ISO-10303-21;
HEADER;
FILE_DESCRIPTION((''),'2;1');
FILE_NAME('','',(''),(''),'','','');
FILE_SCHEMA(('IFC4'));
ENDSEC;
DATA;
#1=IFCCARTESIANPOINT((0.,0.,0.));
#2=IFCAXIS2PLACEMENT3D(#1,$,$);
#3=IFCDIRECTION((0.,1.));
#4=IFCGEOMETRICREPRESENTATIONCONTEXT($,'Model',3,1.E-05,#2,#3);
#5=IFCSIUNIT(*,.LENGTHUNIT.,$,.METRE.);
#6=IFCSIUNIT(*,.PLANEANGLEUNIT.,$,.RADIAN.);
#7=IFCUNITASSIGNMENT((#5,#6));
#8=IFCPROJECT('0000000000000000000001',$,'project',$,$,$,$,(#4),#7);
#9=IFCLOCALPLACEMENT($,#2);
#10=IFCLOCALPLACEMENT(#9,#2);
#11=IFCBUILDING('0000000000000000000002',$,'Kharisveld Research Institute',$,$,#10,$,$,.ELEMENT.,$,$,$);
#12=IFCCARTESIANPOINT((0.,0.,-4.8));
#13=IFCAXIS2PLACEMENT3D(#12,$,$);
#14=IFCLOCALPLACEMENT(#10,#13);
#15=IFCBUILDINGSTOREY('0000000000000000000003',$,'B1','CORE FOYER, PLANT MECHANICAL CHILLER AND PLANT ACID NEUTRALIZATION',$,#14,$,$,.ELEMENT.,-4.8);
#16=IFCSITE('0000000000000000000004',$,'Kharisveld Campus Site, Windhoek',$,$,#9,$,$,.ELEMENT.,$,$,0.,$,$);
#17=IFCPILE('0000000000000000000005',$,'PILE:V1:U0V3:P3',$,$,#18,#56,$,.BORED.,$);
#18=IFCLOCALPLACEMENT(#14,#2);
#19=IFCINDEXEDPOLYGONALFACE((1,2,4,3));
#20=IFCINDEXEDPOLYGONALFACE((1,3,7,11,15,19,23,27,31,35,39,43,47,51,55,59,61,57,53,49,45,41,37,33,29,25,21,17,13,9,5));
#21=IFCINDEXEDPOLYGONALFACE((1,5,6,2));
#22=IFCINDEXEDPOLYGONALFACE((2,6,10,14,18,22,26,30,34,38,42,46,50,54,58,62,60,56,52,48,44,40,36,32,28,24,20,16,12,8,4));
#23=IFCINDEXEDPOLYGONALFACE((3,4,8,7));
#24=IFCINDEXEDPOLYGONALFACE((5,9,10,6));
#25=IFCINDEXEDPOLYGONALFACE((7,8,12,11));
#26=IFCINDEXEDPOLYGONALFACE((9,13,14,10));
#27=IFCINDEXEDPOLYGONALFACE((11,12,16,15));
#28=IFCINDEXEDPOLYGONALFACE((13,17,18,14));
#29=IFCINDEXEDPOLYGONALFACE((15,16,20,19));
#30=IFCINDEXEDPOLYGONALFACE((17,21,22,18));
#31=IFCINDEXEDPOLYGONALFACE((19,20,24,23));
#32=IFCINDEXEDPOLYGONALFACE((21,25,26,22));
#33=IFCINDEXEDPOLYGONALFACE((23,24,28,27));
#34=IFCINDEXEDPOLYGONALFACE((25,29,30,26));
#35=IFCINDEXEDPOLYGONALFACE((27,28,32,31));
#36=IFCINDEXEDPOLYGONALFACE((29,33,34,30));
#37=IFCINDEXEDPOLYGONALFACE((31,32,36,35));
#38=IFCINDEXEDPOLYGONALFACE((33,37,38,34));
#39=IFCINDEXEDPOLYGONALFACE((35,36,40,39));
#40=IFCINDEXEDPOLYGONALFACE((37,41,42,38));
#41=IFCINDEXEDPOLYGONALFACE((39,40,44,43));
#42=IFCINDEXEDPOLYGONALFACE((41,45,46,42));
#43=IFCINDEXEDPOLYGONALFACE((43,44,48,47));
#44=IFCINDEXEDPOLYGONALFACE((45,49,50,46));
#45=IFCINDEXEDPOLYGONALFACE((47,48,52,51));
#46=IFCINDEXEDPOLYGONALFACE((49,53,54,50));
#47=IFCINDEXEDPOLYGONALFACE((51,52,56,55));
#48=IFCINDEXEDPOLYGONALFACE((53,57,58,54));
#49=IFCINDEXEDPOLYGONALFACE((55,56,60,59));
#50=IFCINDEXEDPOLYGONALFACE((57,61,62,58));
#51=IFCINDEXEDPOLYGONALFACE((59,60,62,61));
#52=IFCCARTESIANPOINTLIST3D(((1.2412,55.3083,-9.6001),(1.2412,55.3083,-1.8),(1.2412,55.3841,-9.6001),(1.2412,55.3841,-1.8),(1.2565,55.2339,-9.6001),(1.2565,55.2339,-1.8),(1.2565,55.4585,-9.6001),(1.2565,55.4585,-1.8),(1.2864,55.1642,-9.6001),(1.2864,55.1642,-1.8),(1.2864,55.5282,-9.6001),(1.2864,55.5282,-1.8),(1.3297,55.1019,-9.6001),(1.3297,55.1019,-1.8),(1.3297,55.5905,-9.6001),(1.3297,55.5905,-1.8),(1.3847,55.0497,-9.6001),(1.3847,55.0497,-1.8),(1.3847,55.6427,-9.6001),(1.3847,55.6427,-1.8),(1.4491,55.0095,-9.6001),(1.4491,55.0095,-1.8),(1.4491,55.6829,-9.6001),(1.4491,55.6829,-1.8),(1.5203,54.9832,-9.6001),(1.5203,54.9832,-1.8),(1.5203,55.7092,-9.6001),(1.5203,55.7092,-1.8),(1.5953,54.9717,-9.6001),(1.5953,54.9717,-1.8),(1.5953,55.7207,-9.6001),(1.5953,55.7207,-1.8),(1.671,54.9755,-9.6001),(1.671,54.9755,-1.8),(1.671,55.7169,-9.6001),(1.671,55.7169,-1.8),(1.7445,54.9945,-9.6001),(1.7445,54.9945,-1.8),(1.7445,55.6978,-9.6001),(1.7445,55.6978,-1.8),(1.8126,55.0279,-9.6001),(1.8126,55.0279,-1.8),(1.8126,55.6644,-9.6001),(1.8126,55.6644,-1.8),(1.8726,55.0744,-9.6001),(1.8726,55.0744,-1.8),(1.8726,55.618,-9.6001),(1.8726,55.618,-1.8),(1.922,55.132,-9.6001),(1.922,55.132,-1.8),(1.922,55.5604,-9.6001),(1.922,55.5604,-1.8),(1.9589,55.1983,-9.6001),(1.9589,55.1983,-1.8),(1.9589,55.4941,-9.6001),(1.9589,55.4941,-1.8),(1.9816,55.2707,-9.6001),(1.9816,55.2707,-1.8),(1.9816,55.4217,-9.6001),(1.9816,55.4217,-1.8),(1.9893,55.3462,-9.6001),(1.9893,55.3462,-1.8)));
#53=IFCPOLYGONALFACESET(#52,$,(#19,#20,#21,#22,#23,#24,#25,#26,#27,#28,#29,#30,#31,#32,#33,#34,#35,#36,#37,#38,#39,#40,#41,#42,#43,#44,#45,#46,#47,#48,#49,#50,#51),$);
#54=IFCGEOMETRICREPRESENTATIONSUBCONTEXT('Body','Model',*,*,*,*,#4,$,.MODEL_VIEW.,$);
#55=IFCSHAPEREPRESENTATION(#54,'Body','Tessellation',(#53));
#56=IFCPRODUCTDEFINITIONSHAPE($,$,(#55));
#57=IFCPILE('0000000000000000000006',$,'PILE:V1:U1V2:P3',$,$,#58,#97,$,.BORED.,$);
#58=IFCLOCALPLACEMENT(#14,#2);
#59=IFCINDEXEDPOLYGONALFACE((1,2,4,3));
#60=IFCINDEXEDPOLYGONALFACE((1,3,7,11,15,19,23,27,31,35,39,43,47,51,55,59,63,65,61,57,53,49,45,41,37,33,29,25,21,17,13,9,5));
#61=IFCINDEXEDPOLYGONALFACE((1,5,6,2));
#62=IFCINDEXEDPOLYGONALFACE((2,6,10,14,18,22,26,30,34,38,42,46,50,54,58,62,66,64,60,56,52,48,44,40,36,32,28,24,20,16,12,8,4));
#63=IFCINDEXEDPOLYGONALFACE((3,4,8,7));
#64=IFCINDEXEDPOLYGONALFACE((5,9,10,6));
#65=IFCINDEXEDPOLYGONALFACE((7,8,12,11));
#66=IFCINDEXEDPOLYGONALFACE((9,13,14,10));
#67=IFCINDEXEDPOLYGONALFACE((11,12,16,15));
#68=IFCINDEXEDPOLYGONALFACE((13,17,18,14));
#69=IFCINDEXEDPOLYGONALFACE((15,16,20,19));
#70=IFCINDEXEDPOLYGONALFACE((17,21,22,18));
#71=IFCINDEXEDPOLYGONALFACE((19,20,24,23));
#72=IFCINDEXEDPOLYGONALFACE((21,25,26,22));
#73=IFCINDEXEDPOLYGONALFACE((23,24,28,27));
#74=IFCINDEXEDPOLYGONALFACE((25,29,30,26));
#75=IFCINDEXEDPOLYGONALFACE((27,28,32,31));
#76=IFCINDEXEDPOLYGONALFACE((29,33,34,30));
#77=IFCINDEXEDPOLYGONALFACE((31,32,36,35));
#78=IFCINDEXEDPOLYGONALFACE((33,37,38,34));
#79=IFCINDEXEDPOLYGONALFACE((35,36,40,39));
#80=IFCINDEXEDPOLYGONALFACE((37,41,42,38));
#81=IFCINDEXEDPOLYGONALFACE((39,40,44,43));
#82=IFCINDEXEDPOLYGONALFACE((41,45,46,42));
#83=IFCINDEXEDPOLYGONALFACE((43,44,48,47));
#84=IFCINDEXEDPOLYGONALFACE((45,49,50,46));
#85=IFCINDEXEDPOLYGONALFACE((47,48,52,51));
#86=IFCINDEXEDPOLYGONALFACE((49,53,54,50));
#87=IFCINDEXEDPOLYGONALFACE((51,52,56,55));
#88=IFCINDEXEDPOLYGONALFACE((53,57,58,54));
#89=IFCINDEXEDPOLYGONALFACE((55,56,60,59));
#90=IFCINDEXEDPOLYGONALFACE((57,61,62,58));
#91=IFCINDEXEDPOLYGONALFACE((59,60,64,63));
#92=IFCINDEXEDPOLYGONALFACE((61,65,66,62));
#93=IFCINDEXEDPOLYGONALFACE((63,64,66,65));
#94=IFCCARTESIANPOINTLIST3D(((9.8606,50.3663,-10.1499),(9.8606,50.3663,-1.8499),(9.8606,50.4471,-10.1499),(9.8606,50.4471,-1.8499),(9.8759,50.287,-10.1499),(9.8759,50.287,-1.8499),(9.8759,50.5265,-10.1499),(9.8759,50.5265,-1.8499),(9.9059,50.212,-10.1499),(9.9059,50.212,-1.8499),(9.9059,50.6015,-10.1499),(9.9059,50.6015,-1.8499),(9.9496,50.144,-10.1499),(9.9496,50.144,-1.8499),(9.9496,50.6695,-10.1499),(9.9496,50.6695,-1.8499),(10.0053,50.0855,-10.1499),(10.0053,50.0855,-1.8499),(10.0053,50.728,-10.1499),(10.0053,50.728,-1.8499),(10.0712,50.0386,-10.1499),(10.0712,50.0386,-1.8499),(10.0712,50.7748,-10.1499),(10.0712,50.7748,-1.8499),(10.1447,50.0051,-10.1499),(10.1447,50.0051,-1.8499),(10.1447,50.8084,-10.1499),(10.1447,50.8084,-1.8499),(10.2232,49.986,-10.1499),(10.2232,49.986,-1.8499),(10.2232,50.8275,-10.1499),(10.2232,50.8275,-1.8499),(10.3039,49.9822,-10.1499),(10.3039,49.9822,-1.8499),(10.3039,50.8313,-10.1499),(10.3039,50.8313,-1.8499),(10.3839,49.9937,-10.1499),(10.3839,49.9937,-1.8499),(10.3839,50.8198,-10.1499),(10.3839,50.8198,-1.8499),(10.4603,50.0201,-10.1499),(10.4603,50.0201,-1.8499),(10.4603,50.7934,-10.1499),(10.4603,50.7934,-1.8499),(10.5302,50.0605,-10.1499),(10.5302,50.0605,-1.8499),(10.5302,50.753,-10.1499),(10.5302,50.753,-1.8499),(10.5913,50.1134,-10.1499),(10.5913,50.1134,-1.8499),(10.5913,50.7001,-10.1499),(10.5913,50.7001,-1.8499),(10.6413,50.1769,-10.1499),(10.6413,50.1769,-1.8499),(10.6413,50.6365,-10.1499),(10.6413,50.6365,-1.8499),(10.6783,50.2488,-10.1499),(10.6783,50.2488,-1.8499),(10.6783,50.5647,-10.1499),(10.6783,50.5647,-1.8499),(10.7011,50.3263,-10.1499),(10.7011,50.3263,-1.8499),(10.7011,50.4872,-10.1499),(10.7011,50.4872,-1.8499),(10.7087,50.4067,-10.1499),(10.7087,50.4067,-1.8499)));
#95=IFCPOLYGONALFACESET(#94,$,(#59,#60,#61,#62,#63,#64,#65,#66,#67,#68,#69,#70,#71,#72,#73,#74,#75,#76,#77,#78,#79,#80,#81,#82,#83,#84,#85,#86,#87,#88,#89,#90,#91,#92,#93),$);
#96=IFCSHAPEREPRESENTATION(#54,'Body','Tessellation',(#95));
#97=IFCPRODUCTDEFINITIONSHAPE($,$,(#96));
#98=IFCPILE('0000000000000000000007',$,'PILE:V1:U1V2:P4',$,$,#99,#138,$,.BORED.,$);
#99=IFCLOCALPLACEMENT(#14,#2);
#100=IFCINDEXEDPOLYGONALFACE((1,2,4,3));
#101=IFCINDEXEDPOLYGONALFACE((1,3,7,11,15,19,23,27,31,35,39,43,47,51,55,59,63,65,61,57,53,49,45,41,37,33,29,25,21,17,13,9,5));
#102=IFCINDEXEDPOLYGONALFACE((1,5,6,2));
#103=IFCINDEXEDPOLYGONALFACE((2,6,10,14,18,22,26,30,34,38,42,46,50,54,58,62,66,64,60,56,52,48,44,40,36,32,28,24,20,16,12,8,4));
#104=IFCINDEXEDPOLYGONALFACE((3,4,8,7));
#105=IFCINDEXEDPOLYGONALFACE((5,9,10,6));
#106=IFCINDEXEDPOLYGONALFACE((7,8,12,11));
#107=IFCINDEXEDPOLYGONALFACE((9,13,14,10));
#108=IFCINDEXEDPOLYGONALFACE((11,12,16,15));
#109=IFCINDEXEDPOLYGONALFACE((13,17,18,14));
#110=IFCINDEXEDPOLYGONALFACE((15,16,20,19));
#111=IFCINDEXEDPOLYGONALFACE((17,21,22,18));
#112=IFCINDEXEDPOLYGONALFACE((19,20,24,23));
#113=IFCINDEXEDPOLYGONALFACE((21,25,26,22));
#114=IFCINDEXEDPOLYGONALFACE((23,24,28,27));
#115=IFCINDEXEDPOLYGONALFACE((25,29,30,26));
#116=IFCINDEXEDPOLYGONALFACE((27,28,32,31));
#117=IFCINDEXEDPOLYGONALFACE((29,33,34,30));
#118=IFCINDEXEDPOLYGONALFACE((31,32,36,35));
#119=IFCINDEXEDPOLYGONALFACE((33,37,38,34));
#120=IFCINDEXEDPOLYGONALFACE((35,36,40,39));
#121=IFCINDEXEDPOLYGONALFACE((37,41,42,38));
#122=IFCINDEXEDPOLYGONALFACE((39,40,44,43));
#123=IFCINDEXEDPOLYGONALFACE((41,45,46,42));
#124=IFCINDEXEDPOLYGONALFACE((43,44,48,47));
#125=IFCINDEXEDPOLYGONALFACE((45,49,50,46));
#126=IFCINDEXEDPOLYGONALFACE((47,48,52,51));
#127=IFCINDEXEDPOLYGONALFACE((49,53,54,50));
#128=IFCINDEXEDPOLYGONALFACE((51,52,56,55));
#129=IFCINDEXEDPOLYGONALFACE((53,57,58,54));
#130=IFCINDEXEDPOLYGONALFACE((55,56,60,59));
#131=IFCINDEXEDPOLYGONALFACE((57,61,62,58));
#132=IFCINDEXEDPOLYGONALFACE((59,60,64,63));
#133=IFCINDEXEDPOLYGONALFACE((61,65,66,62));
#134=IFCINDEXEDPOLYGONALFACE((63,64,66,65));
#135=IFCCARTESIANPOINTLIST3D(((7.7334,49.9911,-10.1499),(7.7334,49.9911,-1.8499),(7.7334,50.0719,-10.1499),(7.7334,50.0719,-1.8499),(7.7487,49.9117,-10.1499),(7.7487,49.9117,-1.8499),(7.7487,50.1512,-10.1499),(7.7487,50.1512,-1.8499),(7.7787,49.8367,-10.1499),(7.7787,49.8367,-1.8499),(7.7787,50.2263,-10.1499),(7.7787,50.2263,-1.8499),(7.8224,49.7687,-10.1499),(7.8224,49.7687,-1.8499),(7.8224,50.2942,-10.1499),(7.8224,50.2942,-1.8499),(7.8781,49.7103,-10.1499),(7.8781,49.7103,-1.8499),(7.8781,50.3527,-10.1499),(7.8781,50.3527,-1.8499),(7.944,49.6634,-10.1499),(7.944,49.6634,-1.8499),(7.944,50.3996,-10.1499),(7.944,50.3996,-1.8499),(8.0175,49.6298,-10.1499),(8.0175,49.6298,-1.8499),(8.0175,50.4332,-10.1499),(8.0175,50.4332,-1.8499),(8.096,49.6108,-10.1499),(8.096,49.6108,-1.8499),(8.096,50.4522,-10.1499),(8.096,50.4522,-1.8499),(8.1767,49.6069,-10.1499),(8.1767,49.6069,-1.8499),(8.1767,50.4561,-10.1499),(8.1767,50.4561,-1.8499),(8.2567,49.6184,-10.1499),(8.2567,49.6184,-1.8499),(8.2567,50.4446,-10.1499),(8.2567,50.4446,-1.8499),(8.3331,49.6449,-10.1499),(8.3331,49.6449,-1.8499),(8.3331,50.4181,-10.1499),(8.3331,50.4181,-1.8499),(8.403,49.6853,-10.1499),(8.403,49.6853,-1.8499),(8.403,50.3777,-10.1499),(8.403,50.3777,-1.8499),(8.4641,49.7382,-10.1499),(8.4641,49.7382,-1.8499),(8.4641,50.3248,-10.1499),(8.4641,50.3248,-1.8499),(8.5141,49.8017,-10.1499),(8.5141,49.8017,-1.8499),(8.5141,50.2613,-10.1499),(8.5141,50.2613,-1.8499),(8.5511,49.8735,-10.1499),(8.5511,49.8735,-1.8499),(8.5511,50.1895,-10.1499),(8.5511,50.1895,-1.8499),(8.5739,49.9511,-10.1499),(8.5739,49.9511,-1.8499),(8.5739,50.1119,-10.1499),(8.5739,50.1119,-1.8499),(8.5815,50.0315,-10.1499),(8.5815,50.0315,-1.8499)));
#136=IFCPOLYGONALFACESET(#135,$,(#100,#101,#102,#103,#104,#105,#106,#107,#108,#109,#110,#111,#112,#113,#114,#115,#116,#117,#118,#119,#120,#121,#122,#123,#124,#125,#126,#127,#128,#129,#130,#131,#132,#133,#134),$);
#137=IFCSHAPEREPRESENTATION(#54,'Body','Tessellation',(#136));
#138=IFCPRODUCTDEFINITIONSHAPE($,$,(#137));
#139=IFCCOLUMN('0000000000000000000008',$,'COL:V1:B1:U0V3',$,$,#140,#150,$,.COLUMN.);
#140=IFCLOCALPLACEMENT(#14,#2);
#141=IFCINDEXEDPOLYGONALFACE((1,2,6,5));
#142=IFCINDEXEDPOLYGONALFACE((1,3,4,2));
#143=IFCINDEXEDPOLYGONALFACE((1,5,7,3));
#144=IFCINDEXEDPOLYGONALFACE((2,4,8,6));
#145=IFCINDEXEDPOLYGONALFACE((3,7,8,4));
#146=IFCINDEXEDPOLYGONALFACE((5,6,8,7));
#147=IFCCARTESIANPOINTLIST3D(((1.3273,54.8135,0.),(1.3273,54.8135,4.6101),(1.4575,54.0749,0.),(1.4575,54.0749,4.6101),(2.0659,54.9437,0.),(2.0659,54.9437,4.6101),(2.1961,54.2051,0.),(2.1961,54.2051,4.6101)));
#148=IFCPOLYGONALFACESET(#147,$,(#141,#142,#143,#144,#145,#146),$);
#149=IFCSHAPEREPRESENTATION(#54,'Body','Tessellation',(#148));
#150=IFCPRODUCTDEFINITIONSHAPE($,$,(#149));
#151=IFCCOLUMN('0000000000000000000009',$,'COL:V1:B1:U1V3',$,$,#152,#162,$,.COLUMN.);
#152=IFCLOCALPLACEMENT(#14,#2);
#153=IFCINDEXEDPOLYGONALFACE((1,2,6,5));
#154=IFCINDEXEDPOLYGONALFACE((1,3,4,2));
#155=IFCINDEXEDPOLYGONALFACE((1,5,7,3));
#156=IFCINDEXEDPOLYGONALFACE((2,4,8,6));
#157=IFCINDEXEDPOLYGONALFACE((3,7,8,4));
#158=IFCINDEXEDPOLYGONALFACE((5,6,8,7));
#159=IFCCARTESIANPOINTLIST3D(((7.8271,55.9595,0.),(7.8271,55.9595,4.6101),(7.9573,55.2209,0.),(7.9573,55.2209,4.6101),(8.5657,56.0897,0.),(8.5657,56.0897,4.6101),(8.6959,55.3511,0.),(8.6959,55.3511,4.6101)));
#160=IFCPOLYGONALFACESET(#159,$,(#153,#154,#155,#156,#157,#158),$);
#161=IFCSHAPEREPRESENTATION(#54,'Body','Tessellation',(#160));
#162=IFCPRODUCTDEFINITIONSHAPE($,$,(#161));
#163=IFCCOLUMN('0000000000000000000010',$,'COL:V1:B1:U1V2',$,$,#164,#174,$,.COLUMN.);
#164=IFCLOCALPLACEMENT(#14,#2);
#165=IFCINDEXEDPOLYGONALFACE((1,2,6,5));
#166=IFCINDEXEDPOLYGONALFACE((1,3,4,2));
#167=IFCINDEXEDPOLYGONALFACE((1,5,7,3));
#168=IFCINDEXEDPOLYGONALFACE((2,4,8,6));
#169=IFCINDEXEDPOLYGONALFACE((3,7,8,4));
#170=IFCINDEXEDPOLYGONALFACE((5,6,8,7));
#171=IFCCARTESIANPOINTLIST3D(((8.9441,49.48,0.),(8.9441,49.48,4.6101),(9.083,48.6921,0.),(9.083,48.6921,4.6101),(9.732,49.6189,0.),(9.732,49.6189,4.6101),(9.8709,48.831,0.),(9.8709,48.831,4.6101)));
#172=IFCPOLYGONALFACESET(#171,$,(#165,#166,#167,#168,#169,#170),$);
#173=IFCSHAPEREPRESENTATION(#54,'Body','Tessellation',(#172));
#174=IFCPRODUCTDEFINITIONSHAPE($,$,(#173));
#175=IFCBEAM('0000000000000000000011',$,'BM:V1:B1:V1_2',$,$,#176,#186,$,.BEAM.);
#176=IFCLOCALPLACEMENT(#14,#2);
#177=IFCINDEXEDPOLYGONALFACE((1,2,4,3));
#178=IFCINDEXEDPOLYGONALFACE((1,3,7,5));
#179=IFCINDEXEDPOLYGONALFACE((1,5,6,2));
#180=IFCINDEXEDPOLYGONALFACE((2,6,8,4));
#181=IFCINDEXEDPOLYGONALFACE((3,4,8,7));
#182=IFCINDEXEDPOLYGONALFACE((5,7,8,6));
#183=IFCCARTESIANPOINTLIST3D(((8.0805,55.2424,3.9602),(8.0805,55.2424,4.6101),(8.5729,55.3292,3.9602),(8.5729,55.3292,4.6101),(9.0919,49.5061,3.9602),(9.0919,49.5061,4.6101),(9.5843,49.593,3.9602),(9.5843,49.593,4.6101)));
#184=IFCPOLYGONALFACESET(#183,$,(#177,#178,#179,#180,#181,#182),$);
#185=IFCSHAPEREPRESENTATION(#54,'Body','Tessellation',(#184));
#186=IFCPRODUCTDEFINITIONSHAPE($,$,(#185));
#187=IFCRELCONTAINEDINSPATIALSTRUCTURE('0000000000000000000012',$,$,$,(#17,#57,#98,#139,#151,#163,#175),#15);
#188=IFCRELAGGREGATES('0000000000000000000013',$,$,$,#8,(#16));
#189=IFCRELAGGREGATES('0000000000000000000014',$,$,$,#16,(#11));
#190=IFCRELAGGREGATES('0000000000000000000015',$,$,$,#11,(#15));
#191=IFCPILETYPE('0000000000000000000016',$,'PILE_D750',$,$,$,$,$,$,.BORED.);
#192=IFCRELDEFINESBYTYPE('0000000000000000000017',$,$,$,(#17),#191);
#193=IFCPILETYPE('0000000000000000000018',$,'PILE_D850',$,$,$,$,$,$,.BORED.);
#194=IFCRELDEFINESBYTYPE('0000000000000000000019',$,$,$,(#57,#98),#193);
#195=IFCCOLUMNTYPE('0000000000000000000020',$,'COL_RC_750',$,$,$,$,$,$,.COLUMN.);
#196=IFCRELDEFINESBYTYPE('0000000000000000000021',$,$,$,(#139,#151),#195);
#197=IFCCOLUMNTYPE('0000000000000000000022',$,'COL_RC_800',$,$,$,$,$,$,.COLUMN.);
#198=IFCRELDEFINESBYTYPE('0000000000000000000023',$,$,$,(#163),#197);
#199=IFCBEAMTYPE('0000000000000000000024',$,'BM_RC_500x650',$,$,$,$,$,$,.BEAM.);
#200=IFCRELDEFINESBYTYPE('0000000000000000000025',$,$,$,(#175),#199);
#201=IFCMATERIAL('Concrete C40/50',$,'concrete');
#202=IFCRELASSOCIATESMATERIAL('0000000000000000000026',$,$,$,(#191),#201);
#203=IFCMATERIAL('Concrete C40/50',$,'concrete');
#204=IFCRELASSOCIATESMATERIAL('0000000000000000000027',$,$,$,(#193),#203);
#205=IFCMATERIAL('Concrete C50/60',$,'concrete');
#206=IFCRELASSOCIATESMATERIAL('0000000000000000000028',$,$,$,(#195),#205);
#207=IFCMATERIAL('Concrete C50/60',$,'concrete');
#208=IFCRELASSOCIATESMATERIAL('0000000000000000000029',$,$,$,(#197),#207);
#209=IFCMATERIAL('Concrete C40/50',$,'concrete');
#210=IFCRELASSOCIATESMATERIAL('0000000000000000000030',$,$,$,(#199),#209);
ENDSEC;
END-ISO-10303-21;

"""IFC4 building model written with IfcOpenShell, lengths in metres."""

from ifc_helpers import new_model, si_unit, direction, frame, origin, origin_2d, place, context, subcontext, project, spatial, rectangle, circle, extrude, material, material_profile, profile_set, type_object, element, save


model = new_model("IFC4")

# Units and contexts
model_context = context("Model", 3, precision=1e-05, world=origin(), true_north=direction((0.0, 1.0)))
body_context = subcontext(model_context, "Body", "Model", "MODEL_VIEW")
ifc_project = project(units=[si_unit("LENGTHUNIT", "METRE"), si_unit("PLANEANGLEUNIT", "RADIAN")], contexts=[model_context])

# Site, building, storey
site_placement = place(None, origin())
site = spatial("IfcSite", under=ifc_project, at=site_placement, Name="Kharisveld Campus Site, Windhoek", CompositionType="ELEMENT", RefElevation=0.0)
building_placement = place(site_placement, origin())
building = spatial("IfcBuilding", under=site, at=building_placement, Name="Kharisveld Research Institute", CompositionType="ELEMENT")
storey_placement = place(building_placement, frame((0.0, 0.0, -4.8)))
storey = spatial("IfcBuildingStorey", under=building, at=storey_placement, Name="B1", Description="CORE FOYER, PLANT MECHANICAL CHILLER AND PLANT ACID NEUTRALIZATION", CompositionType="ELEMENT", Elevation=-4.8)

# Piles
ifc_material_1 = material(Name="Concrete C40/50", Category="concrete")
ifc_material_profile_1 = material_profile(ifc_material_1, circle(Radius=0.375, at=origin_2d()))
ifc_profile_set_1 = profile_set([ifc_material_profile_1], Name="Concrete C40/50")
pile_type_1 = type_object("IfcPileType", Name="PILE_D750", PredefinedType="BORED", material=ifc_profile_set_1)
for number, where, z_axis, x_axis, name in (
    (1, (1.6143, 55.3462, -1.8), (0.0, 0.0, -1.0), (1.0, 0.0, 0.0), "PILE:V1:U0V3:P3"),
):
    element("IfcPile", number, at=place(storey_placement, frame(where, z_axis=z_axis, x_axis=x_axis)), inside=storey, type_object=pile_type_1, Name=name, PredefinedType="BORED", context=body_context, shape_type="SweptSolid", body=[
        extrude(circle(Radius=0.375, at=origin_2d()), origin(), (0.0, 0.0, 1.0), 7.8),
    ])
ifc_material_2 = material(Name="Concrete C40/50", Category="concrete")
ifc_material_profile_2 = material_profile(ifc_material_2, circle(Radius=0.425, at=origin_2d()))
ifc_profile_set_2 = profile_set([ifc_material_profile_2], Name="Concrete C40/50")
pile_type_2 = type_object("IfcPileType", Name="PILE_D850", PredefinedType="BORED", material=ifc_profile_set_2)
for number, where, z_axis, x_axis, name in (
    (2, (10.2837, 50.4067, -1.8499), (0.0, 0.0, -1.0), (1.0, 0.0, 0.0), "PILE:V1:U1V2:P3"),
    (3, (8.1565, 50.0315, -1.8499), (0.0, 0.0, -1.0), (1.0, 0.0, 0.0), "PILE:V1:U1V2:P4"),
):
    element("IfcPile", number, at=place(storey_placement, frame(where, z_axis=z_axis, x_axis=x_axis)), inside=storey, type_object=pile_type_2, Name=name, PredefinedType="BORED", context=body_context, shape_type="SweptSolid", body=[
        extrude(circle(Radius=0.425, at=origin_2d()), origin(), (0.0, 0.0, 1.0), 8.3),
    ])

# Columns
ifc_material_3 = material(Name="Concrete C50/60", Category="concrete")
ifc_material_profile_3 = material_profile(ifc_material_3, rectangle(XDim=0.75, YDim=0.75, at=origin_2d()))
ifc_profile_set_3 = profile_set([ifc_material_profile_3], Name="Concrete C50/60")
column_type_1 = type_object("IfcColumnType", Name="COL_RC_750", PredefinedType="COLUMN", material=ifc_profile_set_3)
for number, where, z_axis, x_axis, name in (
    (4, (1.7617, 54.5093, 0.0), (0.0, 0.0, 1.0), (0.984808, 0.173648, 0.0), "COL:V1:B1:U0V3"),
    (5, (8.2615, 55.6553, 0.0), (0.0, 0.0, 1.0), (0.984808, 0.173648, 0.0), "COL:V1:B1:U1V3"),
):
    element("IfcColumn", number, at=place(storey_placement, frame(where, z_axis=z_axis, x_axis=x_axis)), inside=storey, type_object=column_type_1, Name=name, PredefinedType="COLUMN", context=body_context, shape_type="SweptSolid", body=[
        extrude(rectangle(XDim=0.75, YDim=0.75, at=origin_2d()), origin(), (0.0, 0.0, 1.0), 4.6101),
    ])
ifc_material_4 = material(Name="Concrete C50/60", Category="concrete")
ifc_material_profile_4 = material_profile(ifc_material_4, rectangle(XDim=0.8, YDim=0.8, at=origin_2d()))
ifc_profile_set_4 = profile_set([ifc_material_profile_4], Name="Concrete C50/60")
column_type_2 = type_object("IfcColumnType", Name="COL_RC_800", PredefinedType="COLUMN", material=ifc_profile_set_4)
column_placement = place(storey_placement, frame((9.4075, 49.1555, 0.0), z_axis=(0.0, 0.0, 1.0), x_axis=(0.984808, 0.173648, 0.0)))
element("IfcColumn", 6, at=column_placement, inside=storey, type_object=column_type_2, Name="COL:V1:B1:U1V2", PredefinedType="COLUMN", context=body_context, shape_type="SweptSolid", body=[
    extrude(rectangle(XDim=0.8, YDim=0.8, at=origin_2d()), origin(), (0.0, 0.0, 1.0), 4.6101),
])

# Beam
ifc_material_5 = material(Name="Concrete C40/50", Category="concrete")
ifc_material_profile_5 = material_profile(ifc_material_5, rectangle(XDim=0.5, YDim=0.6499, at=origin_2d()))
ifc_profile_set_5 = profile_set([ifc_material_profile_5], Name="Concrete C40/50")
beam_type_1 = type_object("IfcBeamType", Name="BM_RC_500x650", PredefinedType="BEAM", material=ifc_profile_set_5)
beam_1_placement = place(storey_placement, frame((9.3381, 49.5496, 4.2852), z_axis=(-0.173649, 0.984808, 0.0), x_axis=(-0.984808, -0.173649, 0.0)))
element("IfcBeam", 7, at=beam_1_placement, inside=storey, type_object=beam_type_1, Name="BM:V1:B1:V1_2", PredefinedType="BEAM", context=body_context, shape_type="SweptSolid", body=[
    extrude(rectangle(XDim=0.5, YDim=0.6499, at=origin_2d()), origin(), (0.0, 0.0, 1.0), 5.8247),
])

save(model, "model.ifc")
